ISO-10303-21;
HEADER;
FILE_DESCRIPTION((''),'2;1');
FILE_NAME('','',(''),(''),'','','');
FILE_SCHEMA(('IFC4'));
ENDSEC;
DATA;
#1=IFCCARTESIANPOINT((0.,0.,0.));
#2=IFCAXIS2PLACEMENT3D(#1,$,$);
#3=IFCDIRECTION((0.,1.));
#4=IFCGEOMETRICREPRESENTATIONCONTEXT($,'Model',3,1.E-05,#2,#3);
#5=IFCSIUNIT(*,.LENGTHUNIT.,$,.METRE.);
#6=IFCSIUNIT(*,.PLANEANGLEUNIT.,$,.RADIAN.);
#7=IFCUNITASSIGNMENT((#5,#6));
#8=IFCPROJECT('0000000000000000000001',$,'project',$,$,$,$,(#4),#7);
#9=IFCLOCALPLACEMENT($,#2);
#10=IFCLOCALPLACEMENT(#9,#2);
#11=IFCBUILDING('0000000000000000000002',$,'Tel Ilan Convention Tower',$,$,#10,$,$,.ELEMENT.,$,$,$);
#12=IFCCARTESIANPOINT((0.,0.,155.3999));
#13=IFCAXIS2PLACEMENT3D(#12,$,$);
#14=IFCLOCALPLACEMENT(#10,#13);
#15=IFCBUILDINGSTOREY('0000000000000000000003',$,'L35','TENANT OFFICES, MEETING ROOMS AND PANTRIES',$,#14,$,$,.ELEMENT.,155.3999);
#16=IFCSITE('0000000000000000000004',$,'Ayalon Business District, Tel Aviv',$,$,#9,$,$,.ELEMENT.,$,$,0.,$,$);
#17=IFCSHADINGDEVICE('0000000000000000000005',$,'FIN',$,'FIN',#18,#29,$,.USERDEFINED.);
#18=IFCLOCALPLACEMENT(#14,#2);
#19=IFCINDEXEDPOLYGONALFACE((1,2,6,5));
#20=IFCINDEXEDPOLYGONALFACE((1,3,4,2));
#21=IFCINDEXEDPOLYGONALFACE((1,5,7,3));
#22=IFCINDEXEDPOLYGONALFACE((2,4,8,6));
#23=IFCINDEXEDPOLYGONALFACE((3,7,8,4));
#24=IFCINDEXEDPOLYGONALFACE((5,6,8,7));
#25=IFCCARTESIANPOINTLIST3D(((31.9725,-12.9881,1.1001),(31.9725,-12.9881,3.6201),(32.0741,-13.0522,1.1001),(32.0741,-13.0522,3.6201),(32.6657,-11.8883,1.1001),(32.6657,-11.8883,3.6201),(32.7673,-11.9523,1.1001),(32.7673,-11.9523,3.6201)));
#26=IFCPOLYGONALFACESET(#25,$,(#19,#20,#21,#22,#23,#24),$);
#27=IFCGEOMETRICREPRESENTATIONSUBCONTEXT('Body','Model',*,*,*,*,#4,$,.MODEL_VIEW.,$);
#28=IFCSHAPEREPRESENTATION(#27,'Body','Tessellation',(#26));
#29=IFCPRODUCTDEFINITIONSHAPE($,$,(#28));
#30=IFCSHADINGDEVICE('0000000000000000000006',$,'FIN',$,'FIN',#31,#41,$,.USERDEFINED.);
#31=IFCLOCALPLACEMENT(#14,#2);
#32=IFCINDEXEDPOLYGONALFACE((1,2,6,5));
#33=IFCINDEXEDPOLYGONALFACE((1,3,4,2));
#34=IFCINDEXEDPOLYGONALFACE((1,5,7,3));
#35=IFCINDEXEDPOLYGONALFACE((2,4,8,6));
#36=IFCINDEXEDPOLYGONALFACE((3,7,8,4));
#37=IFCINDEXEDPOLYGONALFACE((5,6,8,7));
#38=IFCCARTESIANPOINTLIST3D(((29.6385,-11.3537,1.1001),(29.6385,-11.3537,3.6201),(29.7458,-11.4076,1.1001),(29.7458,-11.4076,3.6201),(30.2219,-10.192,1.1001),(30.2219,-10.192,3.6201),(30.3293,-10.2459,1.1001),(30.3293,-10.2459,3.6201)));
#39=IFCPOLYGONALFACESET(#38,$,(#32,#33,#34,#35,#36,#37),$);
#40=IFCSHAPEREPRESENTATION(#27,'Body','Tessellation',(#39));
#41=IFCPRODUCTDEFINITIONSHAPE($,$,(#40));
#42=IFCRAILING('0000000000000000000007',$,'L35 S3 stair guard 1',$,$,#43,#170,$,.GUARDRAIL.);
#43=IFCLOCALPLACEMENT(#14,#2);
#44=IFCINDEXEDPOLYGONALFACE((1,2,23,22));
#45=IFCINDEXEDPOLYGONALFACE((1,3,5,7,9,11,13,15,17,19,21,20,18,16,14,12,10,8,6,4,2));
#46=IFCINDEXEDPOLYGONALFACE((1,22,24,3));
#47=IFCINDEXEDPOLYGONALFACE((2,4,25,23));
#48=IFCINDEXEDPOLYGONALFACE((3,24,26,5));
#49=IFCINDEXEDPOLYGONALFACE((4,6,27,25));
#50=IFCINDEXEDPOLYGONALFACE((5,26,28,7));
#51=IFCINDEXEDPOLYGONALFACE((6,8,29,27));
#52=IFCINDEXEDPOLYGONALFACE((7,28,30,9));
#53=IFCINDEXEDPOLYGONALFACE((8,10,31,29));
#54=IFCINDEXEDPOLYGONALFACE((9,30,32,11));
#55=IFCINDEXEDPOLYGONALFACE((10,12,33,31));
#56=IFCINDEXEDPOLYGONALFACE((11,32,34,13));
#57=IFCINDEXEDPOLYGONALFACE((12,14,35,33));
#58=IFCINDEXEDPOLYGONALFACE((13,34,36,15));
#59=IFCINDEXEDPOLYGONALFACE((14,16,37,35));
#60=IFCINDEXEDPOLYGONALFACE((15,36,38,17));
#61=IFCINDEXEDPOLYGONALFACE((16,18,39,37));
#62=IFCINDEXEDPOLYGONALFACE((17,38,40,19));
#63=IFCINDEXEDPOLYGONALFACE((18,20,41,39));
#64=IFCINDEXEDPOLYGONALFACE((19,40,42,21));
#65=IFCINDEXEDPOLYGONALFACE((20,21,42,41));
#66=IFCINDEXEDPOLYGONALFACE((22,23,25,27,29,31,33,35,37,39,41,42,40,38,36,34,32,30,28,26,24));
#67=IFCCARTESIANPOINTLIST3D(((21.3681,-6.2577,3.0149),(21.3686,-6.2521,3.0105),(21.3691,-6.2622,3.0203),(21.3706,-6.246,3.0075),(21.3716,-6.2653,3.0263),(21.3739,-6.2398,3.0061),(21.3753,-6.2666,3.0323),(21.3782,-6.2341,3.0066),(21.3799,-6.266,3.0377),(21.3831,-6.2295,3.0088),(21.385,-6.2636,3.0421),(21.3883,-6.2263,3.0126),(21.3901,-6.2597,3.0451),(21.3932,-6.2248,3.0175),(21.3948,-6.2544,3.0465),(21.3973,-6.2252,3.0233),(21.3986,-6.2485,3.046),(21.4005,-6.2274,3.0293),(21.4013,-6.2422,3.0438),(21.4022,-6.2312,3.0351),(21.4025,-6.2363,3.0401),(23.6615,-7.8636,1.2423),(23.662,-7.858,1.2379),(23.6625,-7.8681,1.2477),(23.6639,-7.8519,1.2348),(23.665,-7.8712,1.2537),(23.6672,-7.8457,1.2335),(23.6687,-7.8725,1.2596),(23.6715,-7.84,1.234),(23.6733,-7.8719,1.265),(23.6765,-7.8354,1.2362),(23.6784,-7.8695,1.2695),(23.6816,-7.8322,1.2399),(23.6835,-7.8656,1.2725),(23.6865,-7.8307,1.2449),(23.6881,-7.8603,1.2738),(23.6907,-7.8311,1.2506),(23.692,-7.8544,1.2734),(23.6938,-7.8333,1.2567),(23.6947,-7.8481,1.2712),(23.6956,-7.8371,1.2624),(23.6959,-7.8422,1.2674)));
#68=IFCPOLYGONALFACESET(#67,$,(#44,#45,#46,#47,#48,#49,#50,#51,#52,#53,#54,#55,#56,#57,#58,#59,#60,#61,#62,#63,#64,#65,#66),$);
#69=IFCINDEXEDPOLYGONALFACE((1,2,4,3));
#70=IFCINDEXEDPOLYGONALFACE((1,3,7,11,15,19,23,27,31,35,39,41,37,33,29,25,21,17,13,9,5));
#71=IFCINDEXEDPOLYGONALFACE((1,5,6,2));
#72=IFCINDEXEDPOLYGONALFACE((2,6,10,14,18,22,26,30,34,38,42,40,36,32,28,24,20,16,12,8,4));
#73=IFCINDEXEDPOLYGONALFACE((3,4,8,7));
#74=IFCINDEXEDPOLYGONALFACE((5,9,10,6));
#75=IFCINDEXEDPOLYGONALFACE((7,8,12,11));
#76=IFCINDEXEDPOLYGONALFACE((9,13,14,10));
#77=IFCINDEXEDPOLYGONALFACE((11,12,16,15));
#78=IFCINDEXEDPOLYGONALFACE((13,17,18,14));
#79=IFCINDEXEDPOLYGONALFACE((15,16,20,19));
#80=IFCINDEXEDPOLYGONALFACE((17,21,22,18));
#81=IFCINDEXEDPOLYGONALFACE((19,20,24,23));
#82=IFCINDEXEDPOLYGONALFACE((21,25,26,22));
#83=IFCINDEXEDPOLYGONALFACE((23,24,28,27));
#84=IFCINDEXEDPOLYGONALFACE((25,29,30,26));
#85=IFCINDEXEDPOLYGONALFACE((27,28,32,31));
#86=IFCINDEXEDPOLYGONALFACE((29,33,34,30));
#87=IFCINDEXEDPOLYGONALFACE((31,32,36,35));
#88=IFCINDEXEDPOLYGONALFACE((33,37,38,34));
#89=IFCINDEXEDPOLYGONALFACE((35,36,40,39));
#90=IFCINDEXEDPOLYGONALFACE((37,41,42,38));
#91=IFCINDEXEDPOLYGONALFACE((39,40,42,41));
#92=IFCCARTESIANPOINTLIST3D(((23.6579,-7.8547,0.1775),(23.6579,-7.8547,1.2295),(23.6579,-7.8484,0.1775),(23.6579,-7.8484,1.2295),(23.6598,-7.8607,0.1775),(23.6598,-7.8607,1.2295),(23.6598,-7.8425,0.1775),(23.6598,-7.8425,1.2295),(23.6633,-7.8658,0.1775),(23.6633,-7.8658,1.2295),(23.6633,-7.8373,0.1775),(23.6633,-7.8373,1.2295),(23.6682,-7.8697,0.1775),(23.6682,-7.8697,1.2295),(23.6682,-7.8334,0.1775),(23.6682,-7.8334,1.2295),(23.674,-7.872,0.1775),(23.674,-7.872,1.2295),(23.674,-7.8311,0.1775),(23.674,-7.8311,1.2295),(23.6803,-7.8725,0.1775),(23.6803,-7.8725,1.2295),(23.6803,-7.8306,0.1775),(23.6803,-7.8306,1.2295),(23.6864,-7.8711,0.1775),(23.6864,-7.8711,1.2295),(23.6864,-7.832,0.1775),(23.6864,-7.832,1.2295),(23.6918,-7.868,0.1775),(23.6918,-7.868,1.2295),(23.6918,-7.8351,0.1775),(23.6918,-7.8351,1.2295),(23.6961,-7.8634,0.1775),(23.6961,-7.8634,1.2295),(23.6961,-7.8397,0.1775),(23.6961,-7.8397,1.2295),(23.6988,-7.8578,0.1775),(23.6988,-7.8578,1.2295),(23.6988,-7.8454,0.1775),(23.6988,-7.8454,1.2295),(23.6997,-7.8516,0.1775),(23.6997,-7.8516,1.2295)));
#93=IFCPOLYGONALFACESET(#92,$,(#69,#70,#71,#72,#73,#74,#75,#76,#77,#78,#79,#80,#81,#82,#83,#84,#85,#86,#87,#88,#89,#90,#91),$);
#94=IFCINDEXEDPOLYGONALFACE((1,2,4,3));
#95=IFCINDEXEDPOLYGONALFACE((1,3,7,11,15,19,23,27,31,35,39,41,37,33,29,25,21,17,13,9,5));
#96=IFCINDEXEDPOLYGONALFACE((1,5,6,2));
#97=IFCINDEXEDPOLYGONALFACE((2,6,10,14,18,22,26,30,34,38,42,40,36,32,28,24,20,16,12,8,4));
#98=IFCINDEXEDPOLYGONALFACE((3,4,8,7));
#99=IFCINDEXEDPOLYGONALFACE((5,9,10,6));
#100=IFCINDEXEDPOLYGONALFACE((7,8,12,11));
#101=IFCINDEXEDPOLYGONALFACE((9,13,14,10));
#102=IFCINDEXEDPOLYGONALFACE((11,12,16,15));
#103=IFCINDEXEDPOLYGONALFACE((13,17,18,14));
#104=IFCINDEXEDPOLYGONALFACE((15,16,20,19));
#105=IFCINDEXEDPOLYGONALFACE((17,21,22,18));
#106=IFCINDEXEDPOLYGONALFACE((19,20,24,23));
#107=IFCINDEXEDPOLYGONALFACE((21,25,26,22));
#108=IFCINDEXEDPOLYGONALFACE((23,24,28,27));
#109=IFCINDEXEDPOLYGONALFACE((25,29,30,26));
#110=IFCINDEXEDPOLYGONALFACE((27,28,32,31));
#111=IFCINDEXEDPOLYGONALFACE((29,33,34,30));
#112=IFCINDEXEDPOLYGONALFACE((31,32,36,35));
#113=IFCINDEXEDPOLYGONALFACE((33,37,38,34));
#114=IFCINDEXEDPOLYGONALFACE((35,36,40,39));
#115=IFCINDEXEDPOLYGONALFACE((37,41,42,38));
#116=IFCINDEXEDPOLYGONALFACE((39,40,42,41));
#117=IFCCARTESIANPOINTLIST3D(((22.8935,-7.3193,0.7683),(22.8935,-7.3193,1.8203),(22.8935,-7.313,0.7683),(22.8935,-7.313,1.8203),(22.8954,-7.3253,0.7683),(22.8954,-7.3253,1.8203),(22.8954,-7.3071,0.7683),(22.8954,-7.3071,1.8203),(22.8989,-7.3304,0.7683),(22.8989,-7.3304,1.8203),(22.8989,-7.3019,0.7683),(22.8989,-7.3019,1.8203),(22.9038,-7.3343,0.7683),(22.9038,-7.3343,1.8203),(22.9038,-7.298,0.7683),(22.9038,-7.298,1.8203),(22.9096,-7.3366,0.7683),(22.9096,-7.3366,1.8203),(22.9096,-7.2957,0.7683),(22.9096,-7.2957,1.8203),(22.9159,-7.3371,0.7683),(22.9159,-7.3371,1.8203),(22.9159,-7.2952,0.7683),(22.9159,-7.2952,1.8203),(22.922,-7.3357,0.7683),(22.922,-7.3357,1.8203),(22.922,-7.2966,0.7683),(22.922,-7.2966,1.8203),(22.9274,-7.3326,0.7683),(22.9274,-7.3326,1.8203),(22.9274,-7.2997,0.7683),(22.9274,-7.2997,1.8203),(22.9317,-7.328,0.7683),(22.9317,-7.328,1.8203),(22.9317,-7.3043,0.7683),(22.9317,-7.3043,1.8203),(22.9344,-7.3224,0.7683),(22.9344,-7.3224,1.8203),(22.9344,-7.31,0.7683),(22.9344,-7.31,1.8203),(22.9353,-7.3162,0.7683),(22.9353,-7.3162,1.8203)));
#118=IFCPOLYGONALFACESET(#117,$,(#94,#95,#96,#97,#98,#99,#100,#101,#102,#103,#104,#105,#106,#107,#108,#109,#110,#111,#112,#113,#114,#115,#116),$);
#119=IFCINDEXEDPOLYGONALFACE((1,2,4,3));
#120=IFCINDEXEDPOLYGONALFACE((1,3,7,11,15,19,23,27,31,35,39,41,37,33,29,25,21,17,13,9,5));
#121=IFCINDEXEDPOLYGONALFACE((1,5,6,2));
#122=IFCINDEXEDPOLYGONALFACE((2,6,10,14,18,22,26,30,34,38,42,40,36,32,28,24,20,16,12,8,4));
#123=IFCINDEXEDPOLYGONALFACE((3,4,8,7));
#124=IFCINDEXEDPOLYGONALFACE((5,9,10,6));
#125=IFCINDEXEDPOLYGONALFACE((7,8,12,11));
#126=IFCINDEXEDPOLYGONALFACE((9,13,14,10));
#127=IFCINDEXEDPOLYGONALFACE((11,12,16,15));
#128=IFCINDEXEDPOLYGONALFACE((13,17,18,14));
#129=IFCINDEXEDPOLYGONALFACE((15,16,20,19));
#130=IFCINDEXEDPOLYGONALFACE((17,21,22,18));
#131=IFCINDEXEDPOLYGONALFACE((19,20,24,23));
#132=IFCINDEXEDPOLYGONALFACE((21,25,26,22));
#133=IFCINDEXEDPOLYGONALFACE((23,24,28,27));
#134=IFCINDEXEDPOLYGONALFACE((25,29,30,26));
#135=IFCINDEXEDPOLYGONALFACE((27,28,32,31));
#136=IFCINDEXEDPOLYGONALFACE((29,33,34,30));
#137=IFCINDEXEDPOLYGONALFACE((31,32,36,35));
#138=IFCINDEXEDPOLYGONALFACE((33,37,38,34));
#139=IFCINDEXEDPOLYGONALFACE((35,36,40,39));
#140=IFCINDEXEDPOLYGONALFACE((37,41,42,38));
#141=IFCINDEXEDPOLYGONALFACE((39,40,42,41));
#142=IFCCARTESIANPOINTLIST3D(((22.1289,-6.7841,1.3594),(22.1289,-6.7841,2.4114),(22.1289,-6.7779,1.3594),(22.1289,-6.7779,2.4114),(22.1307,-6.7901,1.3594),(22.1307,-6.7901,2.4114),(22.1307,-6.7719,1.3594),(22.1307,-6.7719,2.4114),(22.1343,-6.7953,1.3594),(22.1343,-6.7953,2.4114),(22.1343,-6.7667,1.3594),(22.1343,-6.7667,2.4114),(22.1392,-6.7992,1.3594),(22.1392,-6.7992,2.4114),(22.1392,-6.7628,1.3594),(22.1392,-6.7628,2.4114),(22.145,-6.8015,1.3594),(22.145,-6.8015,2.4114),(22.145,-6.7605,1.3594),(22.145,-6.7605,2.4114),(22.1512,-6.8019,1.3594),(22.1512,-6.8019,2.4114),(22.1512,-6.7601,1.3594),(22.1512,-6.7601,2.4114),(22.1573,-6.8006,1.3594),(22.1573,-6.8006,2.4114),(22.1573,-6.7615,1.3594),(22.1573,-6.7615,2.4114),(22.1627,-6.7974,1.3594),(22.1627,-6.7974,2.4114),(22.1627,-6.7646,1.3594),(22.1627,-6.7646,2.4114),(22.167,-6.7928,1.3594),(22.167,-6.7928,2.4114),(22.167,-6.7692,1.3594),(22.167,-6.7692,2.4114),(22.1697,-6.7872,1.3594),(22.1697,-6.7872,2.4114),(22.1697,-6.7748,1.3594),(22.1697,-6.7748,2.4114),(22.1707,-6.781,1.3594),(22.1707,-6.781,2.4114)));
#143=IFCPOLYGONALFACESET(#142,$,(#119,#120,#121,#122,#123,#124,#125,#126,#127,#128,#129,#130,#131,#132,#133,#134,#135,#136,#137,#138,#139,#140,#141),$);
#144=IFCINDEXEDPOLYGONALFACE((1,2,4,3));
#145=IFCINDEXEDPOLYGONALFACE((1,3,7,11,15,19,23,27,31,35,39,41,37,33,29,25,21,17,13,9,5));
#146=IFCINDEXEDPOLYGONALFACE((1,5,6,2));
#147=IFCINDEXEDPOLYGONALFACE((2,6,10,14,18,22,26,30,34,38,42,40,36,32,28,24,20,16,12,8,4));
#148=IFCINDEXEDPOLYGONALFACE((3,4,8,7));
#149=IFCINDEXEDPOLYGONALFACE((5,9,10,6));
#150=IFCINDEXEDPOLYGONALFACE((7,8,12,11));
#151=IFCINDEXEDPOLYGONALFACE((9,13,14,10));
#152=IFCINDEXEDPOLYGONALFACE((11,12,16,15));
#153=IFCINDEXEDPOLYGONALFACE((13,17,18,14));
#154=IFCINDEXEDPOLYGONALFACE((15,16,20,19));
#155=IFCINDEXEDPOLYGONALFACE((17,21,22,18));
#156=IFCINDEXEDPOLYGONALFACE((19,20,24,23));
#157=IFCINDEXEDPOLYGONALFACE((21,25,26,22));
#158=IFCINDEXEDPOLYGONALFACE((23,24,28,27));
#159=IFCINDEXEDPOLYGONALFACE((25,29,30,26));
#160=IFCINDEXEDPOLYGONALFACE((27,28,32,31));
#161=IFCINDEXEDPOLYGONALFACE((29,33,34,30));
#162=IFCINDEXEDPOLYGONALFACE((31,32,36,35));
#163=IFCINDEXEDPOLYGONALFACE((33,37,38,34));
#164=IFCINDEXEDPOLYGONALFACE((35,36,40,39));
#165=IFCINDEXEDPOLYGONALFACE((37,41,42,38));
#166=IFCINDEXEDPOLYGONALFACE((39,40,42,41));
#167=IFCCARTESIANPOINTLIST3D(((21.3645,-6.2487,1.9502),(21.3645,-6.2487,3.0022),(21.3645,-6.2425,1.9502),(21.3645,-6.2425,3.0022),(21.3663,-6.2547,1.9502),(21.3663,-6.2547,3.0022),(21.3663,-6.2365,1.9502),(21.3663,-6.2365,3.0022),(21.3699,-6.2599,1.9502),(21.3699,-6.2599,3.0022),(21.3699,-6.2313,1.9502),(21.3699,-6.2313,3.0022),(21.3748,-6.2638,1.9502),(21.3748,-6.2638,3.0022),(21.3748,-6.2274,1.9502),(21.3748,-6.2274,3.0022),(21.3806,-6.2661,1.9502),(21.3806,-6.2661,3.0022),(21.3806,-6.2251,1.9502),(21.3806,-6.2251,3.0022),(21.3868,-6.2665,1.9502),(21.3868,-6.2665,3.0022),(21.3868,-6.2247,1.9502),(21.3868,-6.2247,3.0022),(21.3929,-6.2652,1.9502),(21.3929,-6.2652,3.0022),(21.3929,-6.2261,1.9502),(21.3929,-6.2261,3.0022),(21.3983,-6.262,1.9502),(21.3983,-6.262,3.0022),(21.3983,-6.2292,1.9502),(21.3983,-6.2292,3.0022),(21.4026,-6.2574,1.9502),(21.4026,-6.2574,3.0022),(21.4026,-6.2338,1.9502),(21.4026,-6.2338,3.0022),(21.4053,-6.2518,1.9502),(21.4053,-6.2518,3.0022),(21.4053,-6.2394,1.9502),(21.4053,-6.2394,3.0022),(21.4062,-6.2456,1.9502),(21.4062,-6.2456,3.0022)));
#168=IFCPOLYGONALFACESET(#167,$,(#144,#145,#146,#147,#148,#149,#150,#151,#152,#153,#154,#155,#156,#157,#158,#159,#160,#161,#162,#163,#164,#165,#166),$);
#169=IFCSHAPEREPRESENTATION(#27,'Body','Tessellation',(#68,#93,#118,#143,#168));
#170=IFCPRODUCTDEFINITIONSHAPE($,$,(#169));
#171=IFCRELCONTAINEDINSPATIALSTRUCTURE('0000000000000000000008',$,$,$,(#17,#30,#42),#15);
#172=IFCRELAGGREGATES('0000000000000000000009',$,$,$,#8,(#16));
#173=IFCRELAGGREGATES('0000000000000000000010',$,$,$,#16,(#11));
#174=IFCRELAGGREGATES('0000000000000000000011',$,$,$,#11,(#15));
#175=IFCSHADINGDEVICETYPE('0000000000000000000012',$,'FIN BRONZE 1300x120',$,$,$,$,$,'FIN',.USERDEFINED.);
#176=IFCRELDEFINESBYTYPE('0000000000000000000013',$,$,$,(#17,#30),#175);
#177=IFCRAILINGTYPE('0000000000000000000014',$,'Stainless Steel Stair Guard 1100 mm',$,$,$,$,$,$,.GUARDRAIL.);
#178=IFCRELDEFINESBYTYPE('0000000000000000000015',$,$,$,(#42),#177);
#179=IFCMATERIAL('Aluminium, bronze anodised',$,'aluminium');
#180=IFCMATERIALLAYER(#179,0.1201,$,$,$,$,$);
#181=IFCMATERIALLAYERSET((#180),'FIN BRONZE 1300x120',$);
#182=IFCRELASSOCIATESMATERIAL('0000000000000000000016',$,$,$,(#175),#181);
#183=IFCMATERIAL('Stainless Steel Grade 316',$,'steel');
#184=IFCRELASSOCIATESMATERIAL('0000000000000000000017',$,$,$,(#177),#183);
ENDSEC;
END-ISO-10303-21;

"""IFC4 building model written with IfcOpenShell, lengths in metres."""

from ifc_helpers import new_model, si_unit, direction, frame, origin, origin_2d, place, context, subcontext, project, spatial, rectangle, circle, extrude, material, layer, layer_set, type_object, element, save


model = new_model("IFC4")

# Units and contexts
model_context = context("Model", 3, precision=1e-05, world=origin(), true_north=direction((0.0, 1.0)))
body_context = subcontext(model_context, "Body", "Model", "MODEL_VIEW")
ifc_project = project(units=[si_unit("LENGTHUNIT", "METRE"), si_unit("PLANEANGLEUNIT", "RADIAN")], contexts=[model_context])

# Site, building, storey
site_placement = place(None, origin())
site = spatial("IfcSite", under=ifc_project, at=site_placement, Name="Ayalon Business District, Tel Aviv", CompositionType="ELEMENT", RefElevation=0.0)
building_placement = place(site_placement, origin())
building = spatial("IfcBuilding", under=site, at=building_placement, Name="Tel Ilan Convention Tower", CompositionType="ELEMENT")
storey_placement = place(building_placement, frame((0.0, 0.0, 155.3999)))
storey = spatial("IfcBuildingStorey", under=building, at=storey_placement, Name="L35", Description="TENANT OFFICES, MEETING ROOMS AND PANTRIES", CompositionType="ELEMENT", Elevation=155.3999)

# Shading devices
ifc_material_1 = material(Name="Aluminium, bronze anodised", Category="aluminium")
ifc_layer_1 = layer(ifc_material_1, 0.1201)
ifc_layer_set_1 = layer_set([ifc_layer_1], Name="FIN BRONZE 1300x120")
shading_device_type = type_object("IfcShadingDeviceType", Name="FIN BRONZE 1300x120", ElementType="FIN", PredefinedType="USERDEFINED", material=ifc_layer_set_1)
for number, where, z_axis, x_axis, name in (
    (1, (32.3699, -12.4702, 1.1001), (0.0, 0.0, 1.0), (0.533204, 0.845986, 0.0), "FIN"),
    (2, (29.9839, -10.7998, 1.1001), (0.0, 0.0, 1.0), (0.448799, 0.893633, 0.0), "FIN"),
):
    element("IfcShadingDevice", number, at=place(storey_placement, frame(where, z_axis=z_axis, x_axis=x_axis)), inside=storey, type_object=shading_device_type, Name=name, ObjectType="FIN", PredefinedType="USERDEFINED", context=body_context, shape_type="SweptSolid", body=[
        extrude(rectangle(XDim=1.3, YDim=0.1201, at=origin_2d()), origin(), (0.0, 0.0, 1.0), 2.52),
    ])

# Railing
ifc_material_2 = material(Name="Stainless Steel Grade 316", Category="steel")
railing_type_1 = type_object("IfcRailingType", Name="Stainless Steel Stair Guard 1100 mm", PredefinedType="GUARDRAIL", material=ifc_material_2)
railing_1_placement = place(storey_placement, frame((23.6787, -7.8516, 0.1775)))
element("IfcRailing", 3, at=railing_1_placement, inside=storey, type_object=railing_type_1, Name="L35 S3 stair guard 1", PredefinedType="GUARDRAIL", context=body_context, shape_type="SweptSolid", body=[
    extrude(circle(Radius=0.0239, at=origin_2d()), frame((0.0, 0.0, 1.0762), z_axis=(-0.692085, 0.484621, 0.53494), x_axis=(-0.573591, -0.819142, 0.0)), (0.0, 0.0, 1.0), 3.3137),
    extrude(circle(Radius=0.021, at=origin_2d()), origin(), (0.0, 0.0, 1.0), 1.052),
    extrude(circle(Radius=0.021, at=origin_2d()), frame((-0.7644, 0.5354, 0.5908)), (0.0, 0.0, 1.0), 1.052),
    extrude(circle(Radius=0.021, at=origin_2d()), frame((-1.5291, 1.0706, 1.1819)), (0.0, 0.0, 1.0), 1.052),
    extrude(circle(Radius=0.021, at=origin_2d()), frame((-2.2935, 1.606, 1.7727)), (0.0, 0.0, 1.0), 1.052),
])

save(model, "model.ifc")
